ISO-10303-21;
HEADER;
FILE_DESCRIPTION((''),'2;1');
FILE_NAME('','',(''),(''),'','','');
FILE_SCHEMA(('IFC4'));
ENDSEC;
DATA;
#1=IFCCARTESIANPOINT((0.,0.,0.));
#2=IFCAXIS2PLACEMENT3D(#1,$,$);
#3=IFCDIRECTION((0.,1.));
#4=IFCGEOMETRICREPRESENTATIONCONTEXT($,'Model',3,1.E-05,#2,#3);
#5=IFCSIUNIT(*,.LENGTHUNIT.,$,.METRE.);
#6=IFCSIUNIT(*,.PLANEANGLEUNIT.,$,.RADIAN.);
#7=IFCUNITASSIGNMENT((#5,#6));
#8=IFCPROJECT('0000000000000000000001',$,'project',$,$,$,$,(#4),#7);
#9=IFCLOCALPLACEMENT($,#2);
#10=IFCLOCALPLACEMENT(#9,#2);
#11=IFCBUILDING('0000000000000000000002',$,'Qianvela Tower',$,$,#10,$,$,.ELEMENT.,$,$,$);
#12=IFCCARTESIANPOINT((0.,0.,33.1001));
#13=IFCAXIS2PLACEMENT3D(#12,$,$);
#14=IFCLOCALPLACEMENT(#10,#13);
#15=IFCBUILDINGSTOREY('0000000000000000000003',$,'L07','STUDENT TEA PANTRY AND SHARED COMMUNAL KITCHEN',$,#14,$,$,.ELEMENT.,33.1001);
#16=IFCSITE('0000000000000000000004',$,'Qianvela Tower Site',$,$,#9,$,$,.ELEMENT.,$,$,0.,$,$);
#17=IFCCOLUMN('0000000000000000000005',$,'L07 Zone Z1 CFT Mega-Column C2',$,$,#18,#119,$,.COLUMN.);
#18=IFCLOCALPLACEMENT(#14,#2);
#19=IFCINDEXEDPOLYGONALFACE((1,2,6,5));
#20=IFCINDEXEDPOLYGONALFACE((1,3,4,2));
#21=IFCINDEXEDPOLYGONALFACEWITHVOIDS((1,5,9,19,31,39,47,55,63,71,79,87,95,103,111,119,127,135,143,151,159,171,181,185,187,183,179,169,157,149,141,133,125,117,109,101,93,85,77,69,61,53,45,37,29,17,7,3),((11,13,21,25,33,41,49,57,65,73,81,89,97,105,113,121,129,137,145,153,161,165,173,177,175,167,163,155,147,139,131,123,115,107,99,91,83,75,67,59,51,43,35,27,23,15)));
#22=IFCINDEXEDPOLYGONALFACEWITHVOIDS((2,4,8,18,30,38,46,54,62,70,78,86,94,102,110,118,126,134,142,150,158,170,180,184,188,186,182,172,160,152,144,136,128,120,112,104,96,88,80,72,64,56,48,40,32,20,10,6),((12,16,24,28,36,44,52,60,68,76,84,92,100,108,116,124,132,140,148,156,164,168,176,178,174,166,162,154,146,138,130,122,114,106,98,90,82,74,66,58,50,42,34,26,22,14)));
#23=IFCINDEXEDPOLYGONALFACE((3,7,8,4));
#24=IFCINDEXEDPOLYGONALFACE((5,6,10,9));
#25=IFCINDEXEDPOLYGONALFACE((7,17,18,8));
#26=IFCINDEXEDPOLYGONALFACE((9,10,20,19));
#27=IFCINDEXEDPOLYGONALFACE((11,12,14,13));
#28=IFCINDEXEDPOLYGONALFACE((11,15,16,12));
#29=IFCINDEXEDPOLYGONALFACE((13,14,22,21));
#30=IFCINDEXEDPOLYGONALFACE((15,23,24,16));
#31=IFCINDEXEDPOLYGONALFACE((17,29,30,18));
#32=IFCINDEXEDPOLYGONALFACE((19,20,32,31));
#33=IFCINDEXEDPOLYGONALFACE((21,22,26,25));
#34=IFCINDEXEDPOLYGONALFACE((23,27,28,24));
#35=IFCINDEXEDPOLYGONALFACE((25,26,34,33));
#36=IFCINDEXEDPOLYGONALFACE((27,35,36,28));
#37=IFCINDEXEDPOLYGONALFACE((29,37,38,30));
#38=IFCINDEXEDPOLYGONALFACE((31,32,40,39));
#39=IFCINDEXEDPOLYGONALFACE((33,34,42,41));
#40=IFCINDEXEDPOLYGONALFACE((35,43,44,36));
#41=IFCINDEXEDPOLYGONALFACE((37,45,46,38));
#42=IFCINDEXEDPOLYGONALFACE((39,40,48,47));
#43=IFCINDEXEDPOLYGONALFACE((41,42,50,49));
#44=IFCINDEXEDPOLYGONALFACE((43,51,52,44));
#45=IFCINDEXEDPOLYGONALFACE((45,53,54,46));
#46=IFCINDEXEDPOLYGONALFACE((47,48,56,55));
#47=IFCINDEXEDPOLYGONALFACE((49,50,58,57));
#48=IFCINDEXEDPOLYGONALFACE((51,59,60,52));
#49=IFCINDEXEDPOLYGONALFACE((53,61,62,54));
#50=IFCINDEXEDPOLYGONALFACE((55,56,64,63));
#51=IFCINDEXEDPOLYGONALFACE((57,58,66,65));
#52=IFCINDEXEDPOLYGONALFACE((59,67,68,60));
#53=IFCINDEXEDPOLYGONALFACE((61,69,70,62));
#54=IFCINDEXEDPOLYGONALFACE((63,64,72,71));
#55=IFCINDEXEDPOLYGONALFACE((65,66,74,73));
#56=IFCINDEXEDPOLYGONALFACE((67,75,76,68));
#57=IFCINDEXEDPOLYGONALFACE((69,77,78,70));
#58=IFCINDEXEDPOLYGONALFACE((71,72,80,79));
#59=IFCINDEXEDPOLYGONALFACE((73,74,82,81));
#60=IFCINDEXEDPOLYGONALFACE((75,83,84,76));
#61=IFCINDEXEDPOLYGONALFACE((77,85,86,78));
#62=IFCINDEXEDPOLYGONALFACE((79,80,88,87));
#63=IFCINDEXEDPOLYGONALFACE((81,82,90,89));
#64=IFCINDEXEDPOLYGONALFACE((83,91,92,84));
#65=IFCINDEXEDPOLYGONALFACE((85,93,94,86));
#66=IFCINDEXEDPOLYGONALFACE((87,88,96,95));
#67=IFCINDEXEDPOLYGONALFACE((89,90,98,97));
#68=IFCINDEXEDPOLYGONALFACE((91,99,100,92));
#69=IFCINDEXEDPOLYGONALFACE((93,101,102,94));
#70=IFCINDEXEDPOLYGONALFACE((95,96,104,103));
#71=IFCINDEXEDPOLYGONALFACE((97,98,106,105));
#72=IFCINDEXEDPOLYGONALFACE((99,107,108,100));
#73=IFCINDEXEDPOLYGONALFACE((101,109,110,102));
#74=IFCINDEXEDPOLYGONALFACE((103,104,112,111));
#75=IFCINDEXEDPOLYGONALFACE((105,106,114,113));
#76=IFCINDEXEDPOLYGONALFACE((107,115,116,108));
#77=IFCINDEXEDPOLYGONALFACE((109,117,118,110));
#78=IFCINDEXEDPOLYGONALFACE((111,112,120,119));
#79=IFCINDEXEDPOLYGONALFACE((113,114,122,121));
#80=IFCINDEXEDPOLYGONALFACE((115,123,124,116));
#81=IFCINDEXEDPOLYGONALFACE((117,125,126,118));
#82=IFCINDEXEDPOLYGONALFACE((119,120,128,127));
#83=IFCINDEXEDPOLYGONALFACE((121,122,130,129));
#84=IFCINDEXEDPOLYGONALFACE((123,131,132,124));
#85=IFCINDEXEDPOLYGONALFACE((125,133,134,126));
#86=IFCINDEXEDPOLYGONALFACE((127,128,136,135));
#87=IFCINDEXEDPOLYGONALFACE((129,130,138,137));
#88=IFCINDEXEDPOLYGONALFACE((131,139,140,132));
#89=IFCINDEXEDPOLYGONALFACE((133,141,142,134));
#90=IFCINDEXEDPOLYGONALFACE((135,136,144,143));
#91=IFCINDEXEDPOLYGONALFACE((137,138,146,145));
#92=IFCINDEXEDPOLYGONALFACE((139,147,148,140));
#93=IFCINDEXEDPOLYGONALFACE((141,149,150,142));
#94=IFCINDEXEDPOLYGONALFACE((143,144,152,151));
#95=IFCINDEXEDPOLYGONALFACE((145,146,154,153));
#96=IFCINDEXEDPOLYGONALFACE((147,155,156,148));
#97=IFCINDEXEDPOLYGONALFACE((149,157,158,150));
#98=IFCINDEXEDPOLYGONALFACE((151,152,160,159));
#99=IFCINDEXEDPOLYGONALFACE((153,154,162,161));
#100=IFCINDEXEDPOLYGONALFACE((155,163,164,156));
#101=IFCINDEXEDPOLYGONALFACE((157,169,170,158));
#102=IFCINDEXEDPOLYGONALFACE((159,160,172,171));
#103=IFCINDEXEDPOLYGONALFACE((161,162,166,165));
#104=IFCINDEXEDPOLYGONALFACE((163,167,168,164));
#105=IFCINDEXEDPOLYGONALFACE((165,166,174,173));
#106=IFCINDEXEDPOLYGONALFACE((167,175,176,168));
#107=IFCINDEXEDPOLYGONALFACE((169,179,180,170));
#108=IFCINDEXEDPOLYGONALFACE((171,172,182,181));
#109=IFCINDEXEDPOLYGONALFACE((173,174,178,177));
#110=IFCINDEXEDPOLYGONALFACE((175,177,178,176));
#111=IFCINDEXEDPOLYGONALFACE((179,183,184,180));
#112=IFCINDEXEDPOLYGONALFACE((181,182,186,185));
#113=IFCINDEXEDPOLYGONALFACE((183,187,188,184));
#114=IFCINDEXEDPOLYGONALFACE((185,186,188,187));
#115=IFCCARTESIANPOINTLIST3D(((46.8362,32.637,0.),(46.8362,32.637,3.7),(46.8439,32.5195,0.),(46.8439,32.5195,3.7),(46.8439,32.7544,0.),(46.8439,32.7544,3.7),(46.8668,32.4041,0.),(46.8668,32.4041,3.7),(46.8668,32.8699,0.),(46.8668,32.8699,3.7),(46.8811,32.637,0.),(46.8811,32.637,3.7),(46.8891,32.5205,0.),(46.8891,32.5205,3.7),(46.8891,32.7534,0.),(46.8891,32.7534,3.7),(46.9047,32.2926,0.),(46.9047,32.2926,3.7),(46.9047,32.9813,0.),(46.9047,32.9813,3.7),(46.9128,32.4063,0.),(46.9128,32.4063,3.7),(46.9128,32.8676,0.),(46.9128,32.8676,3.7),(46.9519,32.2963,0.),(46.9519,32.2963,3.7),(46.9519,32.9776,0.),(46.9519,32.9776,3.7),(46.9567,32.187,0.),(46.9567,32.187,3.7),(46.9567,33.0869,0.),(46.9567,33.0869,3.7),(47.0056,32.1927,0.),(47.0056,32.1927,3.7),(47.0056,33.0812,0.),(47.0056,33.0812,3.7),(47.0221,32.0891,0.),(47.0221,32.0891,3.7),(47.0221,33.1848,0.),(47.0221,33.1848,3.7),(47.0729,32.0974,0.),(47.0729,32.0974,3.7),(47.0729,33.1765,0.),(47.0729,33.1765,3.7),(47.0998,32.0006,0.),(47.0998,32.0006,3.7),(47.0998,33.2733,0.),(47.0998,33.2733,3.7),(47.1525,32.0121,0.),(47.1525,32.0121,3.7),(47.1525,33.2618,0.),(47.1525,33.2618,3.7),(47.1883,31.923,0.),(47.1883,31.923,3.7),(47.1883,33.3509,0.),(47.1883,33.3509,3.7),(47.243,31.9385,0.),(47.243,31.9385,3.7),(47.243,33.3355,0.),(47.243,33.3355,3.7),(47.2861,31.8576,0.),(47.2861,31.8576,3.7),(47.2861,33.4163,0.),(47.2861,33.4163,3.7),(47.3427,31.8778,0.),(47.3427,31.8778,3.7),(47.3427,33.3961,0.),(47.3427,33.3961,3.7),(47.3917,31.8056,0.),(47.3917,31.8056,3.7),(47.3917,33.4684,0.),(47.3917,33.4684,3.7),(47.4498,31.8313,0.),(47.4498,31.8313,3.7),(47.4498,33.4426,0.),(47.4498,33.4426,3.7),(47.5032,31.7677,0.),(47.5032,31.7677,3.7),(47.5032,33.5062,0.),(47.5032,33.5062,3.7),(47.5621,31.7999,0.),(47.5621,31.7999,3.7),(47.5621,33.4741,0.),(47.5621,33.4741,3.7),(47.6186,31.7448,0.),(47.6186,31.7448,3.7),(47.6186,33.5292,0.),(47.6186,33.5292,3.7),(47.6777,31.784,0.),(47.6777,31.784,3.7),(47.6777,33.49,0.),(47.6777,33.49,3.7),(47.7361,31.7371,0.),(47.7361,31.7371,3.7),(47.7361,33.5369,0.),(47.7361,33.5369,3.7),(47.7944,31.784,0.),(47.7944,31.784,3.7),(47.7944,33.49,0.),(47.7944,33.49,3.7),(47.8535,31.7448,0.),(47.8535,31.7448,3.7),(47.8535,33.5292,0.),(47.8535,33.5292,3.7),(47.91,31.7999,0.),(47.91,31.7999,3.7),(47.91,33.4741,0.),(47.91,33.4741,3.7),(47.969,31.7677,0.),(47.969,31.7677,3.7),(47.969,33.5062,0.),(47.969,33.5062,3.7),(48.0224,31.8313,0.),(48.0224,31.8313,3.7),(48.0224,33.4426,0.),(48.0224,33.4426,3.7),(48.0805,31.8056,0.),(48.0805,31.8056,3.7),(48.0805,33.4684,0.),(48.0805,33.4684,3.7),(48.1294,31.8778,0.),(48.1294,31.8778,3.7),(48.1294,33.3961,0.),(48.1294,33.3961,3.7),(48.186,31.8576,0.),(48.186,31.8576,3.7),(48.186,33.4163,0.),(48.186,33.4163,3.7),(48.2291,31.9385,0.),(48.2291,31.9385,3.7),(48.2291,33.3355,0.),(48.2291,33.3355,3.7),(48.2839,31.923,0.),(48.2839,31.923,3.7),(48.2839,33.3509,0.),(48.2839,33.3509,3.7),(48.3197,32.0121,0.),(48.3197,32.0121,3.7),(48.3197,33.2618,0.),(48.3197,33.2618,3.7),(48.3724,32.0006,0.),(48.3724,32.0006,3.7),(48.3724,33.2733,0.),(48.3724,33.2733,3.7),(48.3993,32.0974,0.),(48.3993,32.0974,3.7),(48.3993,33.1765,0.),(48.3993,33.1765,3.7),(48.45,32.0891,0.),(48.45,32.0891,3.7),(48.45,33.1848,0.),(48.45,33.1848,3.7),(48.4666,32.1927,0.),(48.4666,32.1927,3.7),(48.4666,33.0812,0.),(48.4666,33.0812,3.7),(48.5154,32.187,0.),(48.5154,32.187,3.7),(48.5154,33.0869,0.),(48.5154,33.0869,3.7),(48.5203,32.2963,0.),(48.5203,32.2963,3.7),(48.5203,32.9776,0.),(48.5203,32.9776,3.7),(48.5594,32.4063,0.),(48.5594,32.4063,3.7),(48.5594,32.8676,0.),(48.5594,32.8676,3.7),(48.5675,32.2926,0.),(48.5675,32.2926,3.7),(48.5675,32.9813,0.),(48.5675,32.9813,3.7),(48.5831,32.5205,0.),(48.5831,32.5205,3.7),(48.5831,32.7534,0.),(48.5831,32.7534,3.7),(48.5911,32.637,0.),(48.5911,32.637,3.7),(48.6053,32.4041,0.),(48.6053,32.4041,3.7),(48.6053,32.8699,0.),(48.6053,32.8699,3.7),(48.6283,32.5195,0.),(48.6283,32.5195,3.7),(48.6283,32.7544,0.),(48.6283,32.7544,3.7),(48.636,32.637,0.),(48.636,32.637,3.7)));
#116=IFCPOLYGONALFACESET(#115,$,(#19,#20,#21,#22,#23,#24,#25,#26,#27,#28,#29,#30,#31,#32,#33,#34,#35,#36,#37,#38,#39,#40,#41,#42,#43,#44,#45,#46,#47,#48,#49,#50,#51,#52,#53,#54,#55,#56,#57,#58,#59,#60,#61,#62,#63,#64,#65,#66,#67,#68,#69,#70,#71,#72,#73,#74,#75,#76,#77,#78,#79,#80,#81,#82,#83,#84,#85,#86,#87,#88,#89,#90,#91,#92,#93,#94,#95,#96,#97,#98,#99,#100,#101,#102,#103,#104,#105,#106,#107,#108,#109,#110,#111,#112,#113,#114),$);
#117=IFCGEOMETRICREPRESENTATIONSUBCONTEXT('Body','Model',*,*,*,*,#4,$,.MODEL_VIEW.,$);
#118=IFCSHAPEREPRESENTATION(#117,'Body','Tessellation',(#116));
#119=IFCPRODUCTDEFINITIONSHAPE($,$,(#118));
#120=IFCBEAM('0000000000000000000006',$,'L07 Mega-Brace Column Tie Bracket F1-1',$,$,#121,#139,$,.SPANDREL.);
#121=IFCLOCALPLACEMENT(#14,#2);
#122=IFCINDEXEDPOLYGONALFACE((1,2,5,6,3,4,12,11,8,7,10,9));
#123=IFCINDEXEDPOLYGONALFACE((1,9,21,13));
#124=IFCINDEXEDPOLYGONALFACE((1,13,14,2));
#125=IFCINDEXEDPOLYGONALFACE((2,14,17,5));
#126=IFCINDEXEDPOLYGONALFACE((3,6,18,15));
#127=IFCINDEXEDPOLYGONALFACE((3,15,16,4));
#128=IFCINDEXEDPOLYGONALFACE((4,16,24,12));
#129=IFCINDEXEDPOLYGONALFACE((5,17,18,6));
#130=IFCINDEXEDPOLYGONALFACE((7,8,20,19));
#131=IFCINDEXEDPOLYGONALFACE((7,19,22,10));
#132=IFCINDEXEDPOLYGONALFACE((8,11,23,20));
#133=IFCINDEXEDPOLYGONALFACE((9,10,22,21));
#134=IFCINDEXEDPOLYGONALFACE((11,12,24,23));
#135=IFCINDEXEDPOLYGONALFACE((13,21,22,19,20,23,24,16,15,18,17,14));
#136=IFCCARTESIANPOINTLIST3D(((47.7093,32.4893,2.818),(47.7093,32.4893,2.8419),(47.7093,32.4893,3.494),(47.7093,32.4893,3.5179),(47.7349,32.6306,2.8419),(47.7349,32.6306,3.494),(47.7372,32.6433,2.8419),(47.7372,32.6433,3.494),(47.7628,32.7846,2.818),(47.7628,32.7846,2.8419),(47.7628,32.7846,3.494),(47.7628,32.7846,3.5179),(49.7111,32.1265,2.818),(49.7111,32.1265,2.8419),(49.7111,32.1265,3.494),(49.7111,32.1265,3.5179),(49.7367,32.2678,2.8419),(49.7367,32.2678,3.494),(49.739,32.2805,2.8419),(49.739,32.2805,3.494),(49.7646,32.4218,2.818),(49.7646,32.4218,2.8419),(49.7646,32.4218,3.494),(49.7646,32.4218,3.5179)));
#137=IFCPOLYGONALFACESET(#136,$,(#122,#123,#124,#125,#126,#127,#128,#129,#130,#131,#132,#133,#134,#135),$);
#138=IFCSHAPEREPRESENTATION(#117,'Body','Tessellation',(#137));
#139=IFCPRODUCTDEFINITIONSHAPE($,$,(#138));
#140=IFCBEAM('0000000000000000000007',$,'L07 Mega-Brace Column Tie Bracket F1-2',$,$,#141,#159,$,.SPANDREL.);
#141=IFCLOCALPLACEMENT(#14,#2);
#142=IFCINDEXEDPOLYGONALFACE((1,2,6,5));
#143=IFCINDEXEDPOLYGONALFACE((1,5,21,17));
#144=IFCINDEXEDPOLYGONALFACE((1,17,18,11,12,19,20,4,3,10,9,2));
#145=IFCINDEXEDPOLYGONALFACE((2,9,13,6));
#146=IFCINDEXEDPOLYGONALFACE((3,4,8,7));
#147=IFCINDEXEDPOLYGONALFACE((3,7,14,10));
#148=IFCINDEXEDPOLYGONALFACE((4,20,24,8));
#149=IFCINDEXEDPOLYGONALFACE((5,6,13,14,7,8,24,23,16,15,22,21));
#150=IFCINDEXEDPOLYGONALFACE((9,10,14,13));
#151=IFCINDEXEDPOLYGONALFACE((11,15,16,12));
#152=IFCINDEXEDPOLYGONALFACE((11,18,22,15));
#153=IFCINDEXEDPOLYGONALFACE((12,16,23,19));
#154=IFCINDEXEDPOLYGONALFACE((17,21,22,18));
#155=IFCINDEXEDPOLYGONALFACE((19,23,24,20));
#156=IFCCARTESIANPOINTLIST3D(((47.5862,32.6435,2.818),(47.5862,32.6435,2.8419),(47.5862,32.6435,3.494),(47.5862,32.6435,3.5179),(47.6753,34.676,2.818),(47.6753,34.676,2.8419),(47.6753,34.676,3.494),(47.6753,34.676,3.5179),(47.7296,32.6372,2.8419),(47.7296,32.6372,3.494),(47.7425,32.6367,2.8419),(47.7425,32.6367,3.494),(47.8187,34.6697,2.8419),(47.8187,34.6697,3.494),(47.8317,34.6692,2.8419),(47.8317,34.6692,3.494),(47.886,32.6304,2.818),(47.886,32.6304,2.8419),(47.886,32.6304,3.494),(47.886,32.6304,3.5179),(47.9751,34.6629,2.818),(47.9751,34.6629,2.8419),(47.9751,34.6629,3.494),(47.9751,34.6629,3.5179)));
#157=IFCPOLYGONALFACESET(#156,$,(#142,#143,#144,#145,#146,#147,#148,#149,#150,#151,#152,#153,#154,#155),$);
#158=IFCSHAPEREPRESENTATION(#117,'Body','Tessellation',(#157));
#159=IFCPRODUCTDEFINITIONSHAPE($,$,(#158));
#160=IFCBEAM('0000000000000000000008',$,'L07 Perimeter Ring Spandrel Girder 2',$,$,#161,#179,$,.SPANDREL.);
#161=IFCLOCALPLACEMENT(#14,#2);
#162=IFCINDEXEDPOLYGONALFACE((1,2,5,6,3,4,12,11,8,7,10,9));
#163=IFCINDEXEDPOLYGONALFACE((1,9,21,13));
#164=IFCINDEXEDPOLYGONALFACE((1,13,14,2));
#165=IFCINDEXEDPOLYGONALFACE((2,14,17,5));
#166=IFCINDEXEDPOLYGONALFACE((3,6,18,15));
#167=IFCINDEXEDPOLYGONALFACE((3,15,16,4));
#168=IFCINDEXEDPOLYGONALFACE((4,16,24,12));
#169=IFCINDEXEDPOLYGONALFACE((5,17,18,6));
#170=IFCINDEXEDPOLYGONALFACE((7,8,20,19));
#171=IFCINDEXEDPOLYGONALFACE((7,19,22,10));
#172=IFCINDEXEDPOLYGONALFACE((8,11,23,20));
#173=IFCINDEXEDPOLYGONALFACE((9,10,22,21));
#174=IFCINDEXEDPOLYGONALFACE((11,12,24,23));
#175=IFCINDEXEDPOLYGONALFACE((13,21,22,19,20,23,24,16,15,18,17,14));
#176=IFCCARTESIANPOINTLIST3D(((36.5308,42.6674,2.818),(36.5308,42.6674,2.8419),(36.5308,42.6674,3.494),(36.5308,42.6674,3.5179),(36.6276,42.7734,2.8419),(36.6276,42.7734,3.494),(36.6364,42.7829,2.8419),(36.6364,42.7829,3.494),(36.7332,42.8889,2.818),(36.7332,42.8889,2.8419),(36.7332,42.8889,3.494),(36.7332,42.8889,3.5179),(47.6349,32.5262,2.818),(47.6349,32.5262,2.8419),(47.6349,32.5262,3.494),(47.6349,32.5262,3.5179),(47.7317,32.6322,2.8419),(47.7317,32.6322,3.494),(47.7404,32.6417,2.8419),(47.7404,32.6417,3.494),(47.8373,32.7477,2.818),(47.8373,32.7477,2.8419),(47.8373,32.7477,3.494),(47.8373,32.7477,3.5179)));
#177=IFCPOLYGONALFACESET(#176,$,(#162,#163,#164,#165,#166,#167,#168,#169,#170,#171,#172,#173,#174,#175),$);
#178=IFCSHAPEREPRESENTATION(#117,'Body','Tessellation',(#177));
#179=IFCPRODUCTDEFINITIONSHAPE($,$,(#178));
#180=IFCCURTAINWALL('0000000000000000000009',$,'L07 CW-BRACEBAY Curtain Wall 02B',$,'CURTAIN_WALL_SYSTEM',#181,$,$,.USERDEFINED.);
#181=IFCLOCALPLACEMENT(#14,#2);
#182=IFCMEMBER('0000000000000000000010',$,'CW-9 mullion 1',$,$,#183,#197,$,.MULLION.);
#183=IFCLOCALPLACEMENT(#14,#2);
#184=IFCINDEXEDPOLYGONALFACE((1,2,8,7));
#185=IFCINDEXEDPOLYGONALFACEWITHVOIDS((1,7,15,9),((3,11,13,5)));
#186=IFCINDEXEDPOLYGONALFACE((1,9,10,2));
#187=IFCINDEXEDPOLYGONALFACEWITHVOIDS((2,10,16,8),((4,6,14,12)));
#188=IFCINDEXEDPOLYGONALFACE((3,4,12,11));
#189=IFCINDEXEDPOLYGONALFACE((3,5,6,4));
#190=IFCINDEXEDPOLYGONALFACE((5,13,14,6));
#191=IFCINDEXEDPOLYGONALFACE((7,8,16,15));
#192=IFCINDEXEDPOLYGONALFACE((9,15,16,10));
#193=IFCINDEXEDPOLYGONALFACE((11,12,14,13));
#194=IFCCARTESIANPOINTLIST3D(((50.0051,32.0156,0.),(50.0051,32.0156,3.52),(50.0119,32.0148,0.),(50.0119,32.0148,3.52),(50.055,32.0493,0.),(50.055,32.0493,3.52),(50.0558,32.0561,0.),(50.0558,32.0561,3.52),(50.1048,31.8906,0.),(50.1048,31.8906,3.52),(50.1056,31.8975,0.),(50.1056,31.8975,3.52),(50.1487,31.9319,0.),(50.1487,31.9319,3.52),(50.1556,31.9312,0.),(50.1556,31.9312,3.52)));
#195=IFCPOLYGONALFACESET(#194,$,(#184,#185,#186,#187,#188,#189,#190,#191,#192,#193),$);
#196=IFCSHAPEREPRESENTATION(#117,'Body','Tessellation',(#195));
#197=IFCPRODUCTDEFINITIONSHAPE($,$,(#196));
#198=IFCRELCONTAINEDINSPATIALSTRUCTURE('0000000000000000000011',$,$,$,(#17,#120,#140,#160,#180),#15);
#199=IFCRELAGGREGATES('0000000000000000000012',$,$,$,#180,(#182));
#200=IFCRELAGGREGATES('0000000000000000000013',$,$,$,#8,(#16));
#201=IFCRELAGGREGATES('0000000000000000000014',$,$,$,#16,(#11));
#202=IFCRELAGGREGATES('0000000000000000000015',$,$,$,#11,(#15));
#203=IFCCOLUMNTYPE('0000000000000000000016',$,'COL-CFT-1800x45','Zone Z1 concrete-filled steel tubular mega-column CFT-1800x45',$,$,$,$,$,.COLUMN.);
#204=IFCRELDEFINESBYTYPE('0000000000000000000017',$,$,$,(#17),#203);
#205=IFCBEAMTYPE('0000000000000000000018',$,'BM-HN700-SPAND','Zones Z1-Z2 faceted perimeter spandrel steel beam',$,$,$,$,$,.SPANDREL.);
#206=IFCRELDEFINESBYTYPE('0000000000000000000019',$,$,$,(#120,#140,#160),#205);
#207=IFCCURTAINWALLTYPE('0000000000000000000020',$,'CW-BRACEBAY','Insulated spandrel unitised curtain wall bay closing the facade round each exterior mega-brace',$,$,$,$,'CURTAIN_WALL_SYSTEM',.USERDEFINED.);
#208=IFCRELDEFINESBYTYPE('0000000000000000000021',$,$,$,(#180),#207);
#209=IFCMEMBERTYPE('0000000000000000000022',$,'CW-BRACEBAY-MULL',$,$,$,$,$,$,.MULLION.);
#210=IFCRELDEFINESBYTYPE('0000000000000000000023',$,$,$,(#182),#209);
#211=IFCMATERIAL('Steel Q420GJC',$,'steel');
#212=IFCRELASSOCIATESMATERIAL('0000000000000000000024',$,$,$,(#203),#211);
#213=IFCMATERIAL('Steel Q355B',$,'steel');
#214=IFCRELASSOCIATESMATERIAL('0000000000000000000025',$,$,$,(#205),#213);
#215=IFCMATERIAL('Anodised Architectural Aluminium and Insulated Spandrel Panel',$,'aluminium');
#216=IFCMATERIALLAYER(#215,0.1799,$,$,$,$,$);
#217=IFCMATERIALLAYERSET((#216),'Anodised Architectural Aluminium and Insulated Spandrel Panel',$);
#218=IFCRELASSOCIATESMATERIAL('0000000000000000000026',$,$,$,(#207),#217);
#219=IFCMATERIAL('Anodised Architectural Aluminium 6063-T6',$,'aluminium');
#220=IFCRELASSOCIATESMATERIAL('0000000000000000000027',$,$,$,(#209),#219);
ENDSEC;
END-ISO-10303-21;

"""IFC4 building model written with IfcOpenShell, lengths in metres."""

from ifc_helpers import new_model, si_unit, direction, frame, origin, origin_2d, place, context, subcontext, project, spatial, hollow_rectangle, hollow_circle, i_section, extrude, material, layer, layer_set, material_profile, profile_set, type_object, element, aggregate, save


model = new_model("IFC4")

# Units and contexts
model_context = context("Model", 3, precision=1e-05, world=origin(), true_north=direction((0.0, 1.0)))
body_context = subcontext(model_context, "Body", "Model", "MODEL_VIEW")
ifc_project = project(units=[si_unit("LENGTHUNIT", "METRE"), si_unit("PLANEANGLEUNIT", "RADIAN")], contexts=[model_context])

# Site, building, storey
site_placement = place(None, origin())
site = spatial("IfcSite", under=ifc_project, at=site_placement, Name="Qianvela Tower Site", CompositionType="ELEMENT", RefElevation=0.0)
building_placement = place(site_placement, origin())
building = spatial("IfcBuilding", under=site, at=building_placement, Name="Qianvela Tower", CompositionType="ELEMENT")
storey_placement = place(building_placement, frame((0.0, 0.0, 33.1001)))
storey = spatial("IfcBuildingStorey", under=building, at=storey_placement, Name="L07", Description="STUDENT TEA PANTRY AND SHARED COMMUNAL KITCHEN", CompositionType="ELEMENT", Elevation=33.1001)

# Column
ifc_material_1 = material(Name="Steel Q420GJC", Category="steel")
ifc_material_profile_1 = material_profile(ifc_material_1, hollow_circle(Radius=0.8999, WallThickness=0.0449, at=origin_2d()), Name="CFT-1800x45")
ifc_profile_set_1 = profile_set([ifc_material_profile_1], Name="Steel Q420GJC")
column_type = type_object("IfcColumnType", Name="COL-CFT-1800x45", Description="Zone Z1 concrete-filled steel tubular mega-column CFT-1800x45", PredefinedType="COLUMN", material=ifc_profile_set_1)
column_placement = place(storey_placement, frame((47.7361, 32.637, 0.0), z_axis=(0.0, 0.0, 1.0), x_axis=(1.0, 0.0, 0.0)))
element("IfcColumn", 1, at=column_placement, inside=storey, type_object=column_type, Name="L07 Zone Z1 CFT Mega-Column C2", PredefinedType="COLUMN", context=body_context, shape_type="SweptSolid", body=[
    extrude(hollow_circle(Radius=0.8999, WallThickness=0.0449, at=origin_2d()), origin(), (0.0, 0.0, 1.0), 3.7),
])

# Beams
ifc_material_2 = material(Name="Steel Q355B", Category="steel")
ifc_material_profile_2 = material_profile(ifc_material_2, i_section(OverallWidth=0.3, OverallDepth=0.7, WebThickness=0.0129, FlangeThickness=0.0239, at=origin_2d()), Name="HN700x300x13x24")
ifc_profile_set_2 = profile_set([ifc_material_profile_2], Name="Steel Q355B")
beam_type = type_object("IfcBeamType", Name="BM-HN700-SPAND", Description="Zones Z1-Z2 faceted perimeter spandrel steel beam", PredefinedType="SPANDREL", material=ifc_profile_set_2)
for number, where, z_axis, x_axis, name in (
    (2, (47.7361, 32.637, 3.168), (0.98397, -0.178336, 0.0), (0.178336, 0.98397, 0.0), "L07 Mega-Brace Column Tie Bracket F1-1"),
    (3, (47.7361, 32.637, 3.168), (0.043802, 0.99904, 0.0), (-0.99904, 0.043802, 0.0), "L07 Mega-Brace Column Tie Bracket F1-2"),
):
    element("IfcBeam", number, at=place(storey_placement, frame(where, z_axis=z_axis, x_axis=x_axis)), inside=storey, type_object=beam_type, Name=name, PredefinedType="SPANDREL", context=body_context, shape_type="SweptSolid", body=[
        extrude(i_section(OverallWidth=0.3, OverallDepth=0.7, WebThickness=0.0129, FlangeThickness=0.0239, at=origin_2d()), origin(), (0.0, 0.0, 1.0), 2.0344),
    ])
beam_placement = place(storey_placement, frame((47.7361, 32.637, 3.168), z_axis=(-0.738397, 0.674366, 0.0), x_axis=(-0.674366, -0.738397, 0.0)))
element("IfcBeam", 4, at=beam_placement, inside=storey, type_object=beam_type, Name="L07 Perimeter Ring Spandrel Girder 2", PredefinedType="SPANDREL", context=body_context, shape_type="SweptSolid", body=[
    extrude(i_section(OverallWidth=0.3, OverallDepth=0.7, WebThickness=0.0129, FlangeThickness=0.0239, at=origin_2d()), origin(), (0.0, 0.0, 1.0), 15.0381),
])

# Curtain wall, member
ifc_material_3 = material(Name="Anodised Architectural Aluminium and Insulated Spandrel Panel", Category="aluminium")
ifc_layer_1 = layer(ifc_material_3, 0.1799)
ifc_layer_set_1 = layer_set([ifc_layer_1], Name="Anodised Architectural Aluminium and Insulated Spandrel Panel")
curtain_wall_type_1 = type_object("IfcCurtainWallType", Name="CW-BRACEBAY", Description="Insulated spandrel unitised curtain wall bay closing the facade round each exterior mega-brace", ElementType="CURTAIN_WALL_SYSTEM", PredefinedType="USERDEFINED", material=ifc_layer_set_1)
curtain_wall_1_placement = place(storey_placement, origin())
curtain_wall_1 = element("IfcCurtainWall", 5, at=curtain_wall_1_placement, inside=storey, type_object=curtain_wall_type_1, Name="L07 CW-BRACEBAY Curtain Wall 02B", ObjectType="CURTAIN_WALL_SYSTEM", PredefinedType="USERDEFINED")
ifc_material_4 = material(Name="Anodised Architectural Aluminium 6063-T6", Category="aluminium")
ifc_material_profile_3 = material_profile(ifc_material_4, hollow_rectangle(XDim=0.0649, YDim=0.1599, WallThickness=0.0049, at=origin_2d()), Name="ALU-MULL-65x160")
ifc_profile_set_3 = profile_set([ifc_material_profile_3], Name="Anodised Architectural Aluminium 6063-T6")
member_type_1 = type_object("IfcMemberType", Name="CW-BRACEBAY-MULL", PredefinedType="MULLION", material=ifc_profile_set_3)
member_1_placement = place(storey_placement, frame((50.0803, 31.9734, 0.0), z_axis=(0.0, 0.0, 1.0), x_axis=(-0.781445, -0.623975, 0.0)))
member_1 = element("IfcMember", 6, at=member_1_placement, type_object=member_type_1, Name="CW-9 mullion 1", PredefinedType="MULLION", context=body_context, shape_type="SweptSolid", body=[
    extrude(hollow_rectangle(XDim=0.0649, YDim=0.1599, WallThickness=0.0049, at=origin_2d()), origin(), (0.0, 0.0, 1.0), 3.52),
])

aggregate(curtain_wall_1, [member_1])

save(model, "model.ifc")
